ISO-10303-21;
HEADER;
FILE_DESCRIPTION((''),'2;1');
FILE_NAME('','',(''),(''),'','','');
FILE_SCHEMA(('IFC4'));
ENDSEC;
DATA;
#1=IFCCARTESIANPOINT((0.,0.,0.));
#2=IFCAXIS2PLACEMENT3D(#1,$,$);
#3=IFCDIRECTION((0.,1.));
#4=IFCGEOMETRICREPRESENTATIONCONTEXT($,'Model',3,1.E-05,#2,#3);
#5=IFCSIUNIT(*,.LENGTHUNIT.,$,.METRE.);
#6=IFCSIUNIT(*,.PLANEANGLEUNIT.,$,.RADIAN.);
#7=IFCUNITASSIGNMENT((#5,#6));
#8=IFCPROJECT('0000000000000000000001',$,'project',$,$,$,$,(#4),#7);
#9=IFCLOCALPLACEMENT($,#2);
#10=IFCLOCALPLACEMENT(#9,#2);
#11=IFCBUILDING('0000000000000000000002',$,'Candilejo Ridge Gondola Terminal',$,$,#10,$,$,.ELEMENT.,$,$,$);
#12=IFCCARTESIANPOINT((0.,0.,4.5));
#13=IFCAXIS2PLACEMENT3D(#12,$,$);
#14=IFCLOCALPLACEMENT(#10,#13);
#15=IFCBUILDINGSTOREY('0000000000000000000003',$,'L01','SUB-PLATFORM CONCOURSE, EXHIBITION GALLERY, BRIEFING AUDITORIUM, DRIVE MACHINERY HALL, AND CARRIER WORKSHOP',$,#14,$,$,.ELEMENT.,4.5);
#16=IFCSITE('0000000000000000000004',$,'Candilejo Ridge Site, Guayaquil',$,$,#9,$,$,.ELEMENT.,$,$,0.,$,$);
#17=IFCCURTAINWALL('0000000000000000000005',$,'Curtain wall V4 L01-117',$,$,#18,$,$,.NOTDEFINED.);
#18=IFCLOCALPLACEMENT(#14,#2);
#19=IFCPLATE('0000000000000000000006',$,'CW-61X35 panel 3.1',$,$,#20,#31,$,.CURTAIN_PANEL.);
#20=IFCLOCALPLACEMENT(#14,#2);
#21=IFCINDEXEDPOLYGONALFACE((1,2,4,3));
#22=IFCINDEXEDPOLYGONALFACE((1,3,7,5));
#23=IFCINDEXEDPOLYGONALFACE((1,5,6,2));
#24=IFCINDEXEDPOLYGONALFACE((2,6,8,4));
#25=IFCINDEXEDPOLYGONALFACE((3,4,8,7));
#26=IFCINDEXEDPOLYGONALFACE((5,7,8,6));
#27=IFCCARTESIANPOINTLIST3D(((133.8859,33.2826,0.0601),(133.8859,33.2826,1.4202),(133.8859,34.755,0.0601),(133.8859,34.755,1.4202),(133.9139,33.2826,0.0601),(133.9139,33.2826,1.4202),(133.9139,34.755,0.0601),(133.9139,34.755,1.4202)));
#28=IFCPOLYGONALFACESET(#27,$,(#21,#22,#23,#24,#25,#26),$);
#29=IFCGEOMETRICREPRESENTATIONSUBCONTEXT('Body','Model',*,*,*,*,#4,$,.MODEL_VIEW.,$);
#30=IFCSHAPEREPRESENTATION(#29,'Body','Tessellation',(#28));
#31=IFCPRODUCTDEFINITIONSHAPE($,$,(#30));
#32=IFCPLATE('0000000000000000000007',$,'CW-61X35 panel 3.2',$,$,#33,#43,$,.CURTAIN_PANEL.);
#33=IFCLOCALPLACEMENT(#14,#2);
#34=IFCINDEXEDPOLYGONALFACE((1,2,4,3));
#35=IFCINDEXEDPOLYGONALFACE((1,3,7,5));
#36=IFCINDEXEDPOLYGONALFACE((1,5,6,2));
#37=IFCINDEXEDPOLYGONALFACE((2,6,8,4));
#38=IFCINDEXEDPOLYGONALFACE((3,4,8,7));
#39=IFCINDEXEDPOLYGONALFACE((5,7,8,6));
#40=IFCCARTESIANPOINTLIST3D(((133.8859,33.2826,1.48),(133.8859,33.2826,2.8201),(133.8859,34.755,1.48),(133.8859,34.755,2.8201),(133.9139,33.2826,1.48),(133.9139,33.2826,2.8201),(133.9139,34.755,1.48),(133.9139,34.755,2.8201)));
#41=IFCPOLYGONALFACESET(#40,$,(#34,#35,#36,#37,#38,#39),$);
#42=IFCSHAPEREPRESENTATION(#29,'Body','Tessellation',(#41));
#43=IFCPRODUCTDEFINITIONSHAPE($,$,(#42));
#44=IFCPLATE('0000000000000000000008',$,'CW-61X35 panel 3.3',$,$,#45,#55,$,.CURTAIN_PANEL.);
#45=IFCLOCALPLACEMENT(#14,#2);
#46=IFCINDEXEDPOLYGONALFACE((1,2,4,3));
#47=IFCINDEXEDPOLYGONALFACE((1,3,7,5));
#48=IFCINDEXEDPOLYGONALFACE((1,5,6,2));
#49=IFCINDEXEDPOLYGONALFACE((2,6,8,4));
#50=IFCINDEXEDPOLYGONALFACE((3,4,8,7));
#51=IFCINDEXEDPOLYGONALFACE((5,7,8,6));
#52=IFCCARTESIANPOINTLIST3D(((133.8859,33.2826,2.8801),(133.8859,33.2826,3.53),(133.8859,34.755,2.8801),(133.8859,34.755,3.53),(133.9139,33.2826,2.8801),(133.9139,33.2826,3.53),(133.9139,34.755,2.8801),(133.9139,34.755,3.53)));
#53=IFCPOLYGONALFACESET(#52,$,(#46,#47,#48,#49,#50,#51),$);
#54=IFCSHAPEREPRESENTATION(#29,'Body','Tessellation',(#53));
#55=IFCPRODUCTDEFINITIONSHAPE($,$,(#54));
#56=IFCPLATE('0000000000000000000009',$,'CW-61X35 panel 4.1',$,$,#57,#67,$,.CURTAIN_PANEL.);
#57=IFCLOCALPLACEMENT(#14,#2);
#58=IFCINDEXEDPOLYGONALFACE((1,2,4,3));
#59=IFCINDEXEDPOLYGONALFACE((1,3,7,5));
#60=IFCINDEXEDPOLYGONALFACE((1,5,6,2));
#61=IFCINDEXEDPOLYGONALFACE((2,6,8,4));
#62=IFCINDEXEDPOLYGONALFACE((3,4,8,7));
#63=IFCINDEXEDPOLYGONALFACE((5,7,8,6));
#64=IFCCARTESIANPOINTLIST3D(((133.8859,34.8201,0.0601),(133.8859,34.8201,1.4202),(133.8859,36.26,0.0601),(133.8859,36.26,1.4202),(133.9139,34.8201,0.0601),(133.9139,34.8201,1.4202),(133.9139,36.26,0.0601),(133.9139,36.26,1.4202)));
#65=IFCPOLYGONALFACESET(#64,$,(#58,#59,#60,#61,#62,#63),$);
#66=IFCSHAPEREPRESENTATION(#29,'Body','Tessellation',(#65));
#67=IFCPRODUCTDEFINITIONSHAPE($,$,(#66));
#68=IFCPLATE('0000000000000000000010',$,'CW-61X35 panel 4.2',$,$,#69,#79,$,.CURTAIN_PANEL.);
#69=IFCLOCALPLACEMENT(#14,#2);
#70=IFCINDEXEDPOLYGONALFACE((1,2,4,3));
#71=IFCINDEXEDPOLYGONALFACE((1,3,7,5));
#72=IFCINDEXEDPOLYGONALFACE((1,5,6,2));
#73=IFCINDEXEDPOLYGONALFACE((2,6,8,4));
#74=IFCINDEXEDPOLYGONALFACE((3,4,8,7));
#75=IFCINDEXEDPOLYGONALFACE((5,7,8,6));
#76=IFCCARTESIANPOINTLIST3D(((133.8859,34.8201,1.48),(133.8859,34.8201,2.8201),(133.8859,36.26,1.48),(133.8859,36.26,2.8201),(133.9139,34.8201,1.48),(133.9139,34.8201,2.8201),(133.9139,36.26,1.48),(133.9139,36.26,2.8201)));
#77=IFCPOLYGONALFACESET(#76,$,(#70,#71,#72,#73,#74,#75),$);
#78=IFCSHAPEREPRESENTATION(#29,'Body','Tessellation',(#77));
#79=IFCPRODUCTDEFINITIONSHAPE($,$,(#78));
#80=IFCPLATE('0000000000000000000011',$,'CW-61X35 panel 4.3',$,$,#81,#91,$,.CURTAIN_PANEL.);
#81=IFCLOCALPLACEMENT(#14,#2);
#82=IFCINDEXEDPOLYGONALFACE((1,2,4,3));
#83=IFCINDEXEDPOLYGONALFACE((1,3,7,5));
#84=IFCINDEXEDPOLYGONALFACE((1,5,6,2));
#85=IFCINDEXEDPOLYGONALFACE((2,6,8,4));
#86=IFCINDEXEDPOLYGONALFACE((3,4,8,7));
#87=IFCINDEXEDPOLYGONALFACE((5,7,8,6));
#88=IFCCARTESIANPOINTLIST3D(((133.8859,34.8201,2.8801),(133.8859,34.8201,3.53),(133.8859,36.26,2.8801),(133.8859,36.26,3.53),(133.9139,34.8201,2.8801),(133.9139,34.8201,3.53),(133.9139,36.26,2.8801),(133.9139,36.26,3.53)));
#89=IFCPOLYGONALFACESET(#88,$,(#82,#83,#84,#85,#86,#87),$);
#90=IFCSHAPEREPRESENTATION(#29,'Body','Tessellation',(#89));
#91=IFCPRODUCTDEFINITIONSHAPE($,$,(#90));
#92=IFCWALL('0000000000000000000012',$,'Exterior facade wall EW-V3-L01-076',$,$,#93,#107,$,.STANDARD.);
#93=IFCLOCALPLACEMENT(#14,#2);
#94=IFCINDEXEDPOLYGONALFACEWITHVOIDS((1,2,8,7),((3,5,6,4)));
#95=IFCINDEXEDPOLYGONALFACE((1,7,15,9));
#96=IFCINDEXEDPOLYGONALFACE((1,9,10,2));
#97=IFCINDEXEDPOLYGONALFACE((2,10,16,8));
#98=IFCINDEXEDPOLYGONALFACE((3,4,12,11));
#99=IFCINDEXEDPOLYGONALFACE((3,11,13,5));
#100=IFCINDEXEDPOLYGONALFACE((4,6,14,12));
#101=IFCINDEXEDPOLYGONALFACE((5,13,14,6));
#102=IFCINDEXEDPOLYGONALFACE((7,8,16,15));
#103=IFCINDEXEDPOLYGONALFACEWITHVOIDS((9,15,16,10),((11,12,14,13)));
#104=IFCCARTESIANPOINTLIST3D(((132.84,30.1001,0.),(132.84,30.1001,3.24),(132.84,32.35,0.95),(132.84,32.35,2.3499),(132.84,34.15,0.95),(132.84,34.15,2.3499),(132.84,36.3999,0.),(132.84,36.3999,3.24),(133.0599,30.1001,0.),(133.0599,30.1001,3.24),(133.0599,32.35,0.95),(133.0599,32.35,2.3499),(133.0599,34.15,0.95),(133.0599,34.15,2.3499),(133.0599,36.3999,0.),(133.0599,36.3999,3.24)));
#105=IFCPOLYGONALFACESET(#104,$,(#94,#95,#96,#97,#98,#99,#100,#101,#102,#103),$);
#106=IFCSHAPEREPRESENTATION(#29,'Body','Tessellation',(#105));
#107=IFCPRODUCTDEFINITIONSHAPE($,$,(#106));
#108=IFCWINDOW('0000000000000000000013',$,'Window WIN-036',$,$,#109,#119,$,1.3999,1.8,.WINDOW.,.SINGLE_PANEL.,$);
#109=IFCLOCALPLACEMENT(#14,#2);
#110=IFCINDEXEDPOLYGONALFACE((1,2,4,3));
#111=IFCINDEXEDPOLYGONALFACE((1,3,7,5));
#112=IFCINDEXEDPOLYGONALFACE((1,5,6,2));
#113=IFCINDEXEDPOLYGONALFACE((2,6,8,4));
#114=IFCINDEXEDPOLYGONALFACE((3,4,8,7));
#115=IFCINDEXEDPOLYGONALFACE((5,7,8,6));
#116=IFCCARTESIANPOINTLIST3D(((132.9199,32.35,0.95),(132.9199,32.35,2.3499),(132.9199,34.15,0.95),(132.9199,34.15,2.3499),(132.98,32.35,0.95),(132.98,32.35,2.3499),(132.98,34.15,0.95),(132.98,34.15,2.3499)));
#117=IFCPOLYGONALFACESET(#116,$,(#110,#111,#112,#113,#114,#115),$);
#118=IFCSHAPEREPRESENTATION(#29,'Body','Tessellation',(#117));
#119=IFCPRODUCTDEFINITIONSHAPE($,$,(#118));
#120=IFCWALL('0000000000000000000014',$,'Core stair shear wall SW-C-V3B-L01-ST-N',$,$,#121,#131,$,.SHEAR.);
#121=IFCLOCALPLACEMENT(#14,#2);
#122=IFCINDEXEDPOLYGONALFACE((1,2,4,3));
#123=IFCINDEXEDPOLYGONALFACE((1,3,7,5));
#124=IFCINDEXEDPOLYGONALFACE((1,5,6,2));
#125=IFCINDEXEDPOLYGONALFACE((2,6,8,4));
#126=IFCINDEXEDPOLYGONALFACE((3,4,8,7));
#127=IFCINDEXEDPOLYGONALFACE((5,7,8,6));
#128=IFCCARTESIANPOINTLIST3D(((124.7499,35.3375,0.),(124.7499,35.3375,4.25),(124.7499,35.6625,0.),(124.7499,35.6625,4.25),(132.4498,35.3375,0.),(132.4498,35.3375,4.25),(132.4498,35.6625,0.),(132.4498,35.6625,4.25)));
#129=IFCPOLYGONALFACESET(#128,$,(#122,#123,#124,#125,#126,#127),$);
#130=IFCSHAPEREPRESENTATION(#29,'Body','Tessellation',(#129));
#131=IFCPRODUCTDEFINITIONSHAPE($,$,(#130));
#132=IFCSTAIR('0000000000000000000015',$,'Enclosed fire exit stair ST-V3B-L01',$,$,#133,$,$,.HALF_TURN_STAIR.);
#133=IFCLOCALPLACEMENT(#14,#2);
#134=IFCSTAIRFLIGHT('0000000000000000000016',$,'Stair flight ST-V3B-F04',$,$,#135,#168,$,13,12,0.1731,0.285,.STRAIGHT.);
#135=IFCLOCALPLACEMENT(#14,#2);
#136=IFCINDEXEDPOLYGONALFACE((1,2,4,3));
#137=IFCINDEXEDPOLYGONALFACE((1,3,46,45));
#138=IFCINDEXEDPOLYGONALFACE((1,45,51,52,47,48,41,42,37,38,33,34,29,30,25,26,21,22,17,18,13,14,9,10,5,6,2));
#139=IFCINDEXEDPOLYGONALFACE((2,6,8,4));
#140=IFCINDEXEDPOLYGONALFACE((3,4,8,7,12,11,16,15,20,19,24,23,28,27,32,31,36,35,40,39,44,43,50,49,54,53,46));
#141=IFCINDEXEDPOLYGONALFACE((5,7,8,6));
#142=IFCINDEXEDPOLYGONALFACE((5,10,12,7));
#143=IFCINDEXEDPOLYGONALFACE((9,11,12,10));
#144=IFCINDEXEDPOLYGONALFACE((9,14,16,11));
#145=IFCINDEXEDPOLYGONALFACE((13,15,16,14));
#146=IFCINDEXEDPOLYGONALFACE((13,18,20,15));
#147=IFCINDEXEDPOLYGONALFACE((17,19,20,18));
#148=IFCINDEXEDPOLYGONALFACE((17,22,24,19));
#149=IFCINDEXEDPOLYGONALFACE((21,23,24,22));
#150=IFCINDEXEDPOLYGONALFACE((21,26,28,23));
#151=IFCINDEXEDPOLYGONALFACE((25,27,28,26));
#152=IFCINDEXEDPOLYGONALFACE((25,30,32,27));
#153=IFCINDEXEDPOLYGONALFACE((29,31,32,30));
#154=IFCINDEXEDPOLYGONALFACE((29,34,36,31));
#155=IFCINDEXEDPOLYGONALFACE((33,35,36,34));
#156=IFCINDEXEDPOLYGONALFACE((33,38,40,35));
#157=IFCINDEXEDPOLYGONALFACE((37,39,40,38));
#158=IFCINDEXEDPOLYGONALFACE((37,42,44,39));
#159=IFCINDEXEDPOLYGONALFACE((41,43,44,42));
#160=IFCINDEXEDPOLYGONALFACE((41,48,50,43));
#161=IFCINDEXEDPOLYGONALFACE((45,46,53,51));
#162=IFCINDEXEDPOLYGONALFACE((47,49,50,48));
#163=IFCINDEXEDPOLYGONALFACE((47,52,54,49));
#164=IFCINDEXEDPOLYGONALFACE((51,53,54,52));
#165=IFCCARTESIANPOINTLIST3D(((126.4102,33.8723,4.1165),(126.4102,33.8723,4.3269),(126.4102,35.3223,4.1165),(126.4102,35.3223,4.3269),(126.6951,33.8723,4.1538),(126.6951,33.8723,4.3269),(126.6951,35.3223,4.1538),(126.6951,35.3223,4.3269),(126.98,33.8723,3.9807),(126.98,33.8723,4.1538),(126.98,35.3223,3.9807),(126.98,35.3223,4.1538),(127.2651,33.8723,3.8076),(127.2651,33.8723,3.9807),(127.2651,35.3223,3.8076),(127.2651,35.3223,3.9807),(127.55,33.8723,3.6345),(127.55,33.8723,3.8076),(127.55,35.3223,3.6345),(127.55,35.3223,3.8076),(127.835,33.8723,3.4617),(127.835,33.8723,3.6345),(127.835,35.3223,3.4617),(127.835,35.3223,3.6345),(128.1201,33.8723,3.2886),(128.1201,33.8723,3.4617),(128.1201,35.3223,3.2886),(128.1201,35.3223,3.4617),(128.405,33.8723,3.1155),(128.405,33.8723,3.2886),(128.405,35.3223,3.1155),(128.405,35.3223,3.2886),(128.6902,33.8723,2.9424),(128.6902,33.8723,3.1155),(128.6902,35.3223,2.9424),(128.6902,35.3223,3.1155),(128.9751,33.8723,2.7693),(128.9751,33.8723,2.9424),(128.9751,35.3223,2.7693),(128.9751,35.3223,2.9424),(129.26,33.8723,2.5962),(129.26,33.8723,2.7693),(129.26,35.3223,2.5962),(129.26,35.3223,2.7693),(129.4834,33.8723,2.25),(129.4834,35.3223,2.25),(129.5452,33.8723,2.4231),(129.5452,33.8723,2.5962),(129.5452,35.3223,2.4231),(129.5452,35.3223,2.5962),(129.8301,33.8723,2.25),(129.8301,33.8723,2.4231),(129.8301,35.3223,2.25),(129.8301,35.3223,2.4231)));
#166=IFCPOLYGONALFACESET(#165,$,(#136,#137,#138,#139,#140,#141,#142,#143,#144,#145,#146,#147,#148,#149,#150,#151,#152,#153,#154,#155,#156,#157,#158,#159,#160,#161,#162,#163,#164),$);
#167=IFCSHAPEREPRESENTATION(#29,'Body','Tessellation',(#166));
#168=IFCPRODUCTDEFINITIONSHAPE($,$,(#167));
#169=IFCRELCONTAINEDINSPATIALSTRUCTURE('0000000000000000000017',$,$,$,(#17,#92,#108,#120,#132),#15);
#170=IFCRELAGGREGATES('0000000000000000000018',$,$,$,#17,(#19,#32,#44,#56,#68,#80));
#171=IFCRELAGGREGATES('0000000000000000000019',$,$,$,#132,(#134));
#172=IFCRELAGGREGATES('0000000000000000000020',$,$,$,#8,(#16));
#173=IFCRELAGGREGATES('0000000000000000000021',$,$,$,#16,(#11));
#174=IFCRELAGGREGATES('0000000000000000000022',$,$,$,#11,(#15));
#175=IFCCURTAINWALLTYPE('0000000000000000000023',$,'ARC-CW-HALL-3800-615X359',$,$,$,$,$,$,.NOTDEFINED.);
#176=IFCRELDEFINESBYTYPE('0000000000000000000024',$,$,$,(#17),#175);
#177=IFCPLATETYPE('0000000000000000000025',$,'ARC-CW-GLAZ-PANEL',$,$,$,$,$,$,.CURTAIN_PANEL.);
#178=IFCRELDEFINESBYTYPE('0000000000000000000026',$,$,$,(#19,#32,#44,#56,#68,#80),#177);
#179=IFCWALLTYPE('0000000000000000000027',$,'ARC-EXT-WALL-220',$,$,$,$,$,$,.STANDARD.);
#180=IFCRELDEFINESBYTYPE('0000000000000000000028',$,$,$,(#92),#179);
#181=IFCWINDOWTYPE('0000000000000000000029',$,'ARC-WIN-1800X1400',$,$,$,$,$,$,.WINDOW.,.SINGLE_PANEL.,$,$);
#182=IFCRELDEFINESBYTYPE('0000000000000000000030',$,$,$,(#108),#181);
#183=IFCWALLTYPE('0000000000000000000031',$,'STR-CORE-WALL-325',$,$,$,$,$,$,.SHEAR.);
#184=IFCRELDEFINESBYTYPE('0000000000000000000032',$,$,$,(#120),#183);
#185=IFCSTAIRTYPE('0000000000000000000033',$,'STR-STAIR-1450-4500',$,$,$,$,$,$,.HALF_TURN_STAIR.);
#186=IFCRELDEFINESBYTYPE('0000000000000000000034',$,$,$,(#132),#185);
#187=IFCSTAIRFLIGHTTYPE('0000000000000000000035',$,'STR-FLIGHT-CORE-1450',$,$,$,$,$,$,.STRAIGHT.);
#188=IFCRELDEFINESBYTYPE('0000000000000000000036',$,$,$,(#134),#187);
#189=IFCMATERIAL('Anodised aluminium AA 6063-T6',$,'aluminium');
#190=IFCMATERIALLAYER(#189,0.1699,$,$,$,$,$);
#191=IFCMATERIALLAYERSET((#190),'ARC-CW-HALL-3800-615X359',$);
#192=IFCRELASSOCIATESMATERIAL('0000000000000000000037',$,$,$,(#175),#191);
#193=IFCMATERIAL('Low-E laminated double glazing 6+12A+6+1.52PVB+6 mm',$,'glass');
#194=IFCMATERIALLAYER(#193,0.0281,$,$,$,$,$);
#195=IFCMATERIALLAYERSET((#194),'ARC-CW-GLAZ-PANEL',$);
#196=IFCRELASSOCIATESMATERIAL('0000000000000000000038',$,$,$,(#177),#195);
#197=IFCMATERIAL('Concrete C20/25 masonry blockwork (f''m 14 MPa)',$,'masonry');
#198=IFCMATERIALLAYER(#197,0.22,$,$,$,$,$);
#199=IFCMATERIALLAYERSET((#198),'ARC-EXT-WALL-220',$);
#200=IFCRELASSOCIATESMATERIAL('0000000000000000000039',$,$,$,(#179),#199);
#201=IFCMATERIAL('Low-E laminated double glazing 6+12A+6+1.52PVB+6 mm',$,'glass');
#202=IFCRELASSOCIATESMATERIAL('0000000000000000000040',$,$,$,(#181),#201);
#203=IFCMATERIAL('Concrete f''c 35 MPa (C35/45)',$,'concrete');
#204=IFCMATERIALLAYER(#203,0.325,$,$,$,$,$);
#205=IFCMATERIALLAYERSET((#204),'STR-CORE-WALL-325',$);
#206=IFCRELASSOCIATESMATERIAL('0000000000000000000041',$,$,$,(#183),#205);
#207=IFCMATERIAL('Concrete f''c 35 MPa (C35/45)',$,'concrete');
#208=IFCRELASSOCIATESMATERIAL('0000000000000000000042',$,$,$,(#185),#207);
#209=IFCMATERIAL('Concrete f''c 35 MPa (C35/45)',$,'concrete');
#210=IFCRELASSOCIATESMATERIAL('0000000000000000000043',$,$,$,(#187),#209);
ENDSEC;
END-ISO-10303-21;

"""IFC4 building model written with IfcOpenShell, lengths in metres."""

from ifc_helpers import new_model, si_unit, direction, frame, frame_2d, origin, origin_2d, place, context, subcontext, project, spatial, polyline, rectangle, outline, extrude, material, layer, layer_set, type_object, element, fill, aggregate, save


model = new_model("IFC4")

# Units and contexts
model_context = context("Model", 3, precision=1e-05, world=origin(), true_north=direction((0.0, 1.0)))
body_context = subcontext(model_context, "Body", "Model", "MODEL_VIEW")
ifc_project = project(units=[si_unit("LENGTHUNIT", "METRE"), si_unit("PLANEANGLEUNIT", "RADIAN")], contexts=[model_context])

# Site, building, storey
site_placement = place(None, origin())
site = spatial("IfcSite", under=ifc_project, at=site_placement, Name="Candilejo Ridge Site, Guayaquil", CompositionType="ELEMENT", RefElevation=0.0)
building_placement = place(site_placement, origin())
building = spatial("IfcBuilding", under=site, at=building_placement, Name="Candilejo Ridge Gondola Terminal", CompositionType="ELEMENT")
storey_placement = place(building_placement, frame((0.0, 0.0, 4.5)))
storey = spatial("IfcBuildingStorey", under=building, at=storey_placement, Name="L01", Description="SUB-PLATFORM CONCOURSE, EXHIBITION GALLERY, BRIEFING AUDITORIUM, DRIVE MACHINERY HALL, AND CARRIER WORKSHOP", CompositionType="ELEMENT", Elevation=4.5)

# Curtain wall
ifc_material_1 = material(Name="Anodised aluminium AA 6063-T6", Category="aluminium")
ifc_layer_1 = layer(ifc_material_1, 0.1699)
ifc_layer_set_1 = layer_set([ifc_layer_1], Name="ARC-CW-HALL-3800-615X359")
curtain_wall_type_1 = type_object("IfcCurtainWallType", Name="ARC-CW-HALL-3800-615X359", PredefinedType="NOTDEFINED", material=ifc_layer_set_1)
curtain_wall_1_placement = place(storey_placement, origin())
curtain_wall_1 = element("IfcCurtainWall", 1, at=curtain_wall_1_placement, inside=storey, type_object=curtain_wall_type_1, Name="Curtain wall V4 L01-117", PredefinedType="NOTDEFINED")

# Plates
ifc_material_2 = material(Name="Low-E laminated double glazing 6+12A+6+1.52PVB+6 mm", Category="glass")
ifc_layer_2 = layer(ifc_material_2, 0.0281)
ifc_layer_set_2 = layer_set([ifc_layer_2], Name="ARC-CW-GLAZ-PANEL")
plate_type = type_object("IfcPlateType", Name="ARC-CW-GLAZ-PANEL", PredefinedType="CURTAIN_PANEL", material=ifc_layer_set_2)
plate_1_placement = place(storey_placement, frame((133.8999, 34.0188, 0.0601), z_axis=(0.0, 0.0, 1.0), x_axis=(0.0, 1.0, 0.0)))
plate_1 = element("IfcPlate", 2, at=plate_1_placement, type_object=plate_type, Name="CW-61X35 panel 3.1", PredefinedType="CURTAIN_PANEL", context=body_context, shape_type="SweptSolid", body=[
    extrude(rectangle(XDim=1.4724, YDim=0.0281, at=origin_2d()), origin(), (0.0, 0.0, 1.0), 1.3601),
])
plate_2_placement = place(storey_placement, frame((133.8999, 34.0188, 1.48), z_axis=(0.0, 0.0, 1.0), x_axis=(0.0, 1.0, 0.0)))
plate_2 = element("IfcPlate", 3, at=plate_2_placement, type_object=plate_type, Name="CW-61X35 panel 3.2", PredefinedType="CURTAIN_PANEL", context=body_context, shape_type="SweptSolid", body=[
    extrude(rectangle(XDim=1.4724, YDim=0.0281, at=origin_2d()), origin(), (0.0, 0.0, 1.0), 1.3401),
])
plate_3_placement = place(storey_placement, frame((133.8999, 34.0188, 2.8801), z_axis=(0.0, 0.0, 1.0), x_axis=(0.0, 1.0, 0.0)))
plate_3 = element("IfcPlate", 4, at=plate_3_placement, type_object=plate_type, Name="CW-61X35 panel 3.3", PredefinedType="CURTAIN_PANEL", context=body_context, shape_type="SweptSolid", body=[
    extrude(rectangle(XDim=1.4724, YDim=0.0281, at=origin_2d()), origin(), (0.0, 0.0, 1.0), 0.6499),
])
plate_4_placement = place(storey_placement, frame((133.8999, 35.54, 0.0601), z_axis=(0.0, 0.0, 1.0), x_axis=(0.0, 1.0, 0.0)))
plate_4 = element("IfcPlate", 5, at=plate_4_placement, type_object=plate_type, Name="CW-61X35 panel 4.1", PredefinedType="CURTAIN_PANEL", context=body_context, shape_type="SweptSolid", body=[
    extrude(rectangle(XDim=1.4399, YDim=0.0281, at=origin_2d()), origin(), (0.0, 0.0, 1.0), 1.3601),
])
plate_5_placement = place(storey_placement, frame((133.8999, 35.54, 1.48), z_axis=(0.0, 0.0, 1.0), x_axis=(0.0, 1.0, 0.0)))
plate_5 = element("IfcPlate", 6, at=plate_5_placement, type_object=plate_type, Name="CW-61X35 panel 4.2", PredefinedType="CURTAIN_PANEL", context=body_context, shape_type="SweptSolid", body=[
    extrude(rectangle(XDim=1.4399, YDim=0.0281, at=origin_2d()), origin(), (0.0, 0.0, 1.0), 1.3401),
])
plate_6_placement = place(storey_placement, frame((133.8999, 35.54, 2.8801), z_axis=(0.0, 0.0, 1.0), x_axis=(0.0, 1.0, 0.0)))
plate_6 = element("IfcPlate", 7, at=plate_6_placement, type_object=plate_type, Name="CW-61X35 panel 4.3", PredefinedType="CURTAIN_PANEL", context=body_context, shape_type="SweptSolid", body=[
    extrude(rectangle(XDim=1.4399, YDim=0.0281, at=origin_2d()), origin(), (0.0, 0.0, 1.0), 0.6499),
])
aggregate(curtain_wall_1, [plate_1, plate_2, plate_3, plate_4, plate_5, plate_6])

# Wall, opening, window
ifc_material_3 = material(Name="Concrete C20/25 masonry blockwork (f'm 14 MPa)", Category="masonry")
ifc_layer_3 = layer(ifc_material_3, 0.22)
ifc_layer_set_3 = layer_set([ifc_layer_3], Name="ARC-EXT-WALL-220")
wall_type_1 = type_object("IfcWallType", Name="ARC-EXT-WALL-220", PredefinedType="STANDARD", material=ifc_layer_set_3)
wall_1_placement = place(storey_placement, frame((132.95, 36.3999, 0.0), z_axis=(0.0, 0.0, 1.0), x_axis=(0.0, -1.0, 0.0)))
wall_1 = element("IfcWall", 8, at=wall_1_placement, inside=storey, type_object=wall_type_1, Name="Exterior facade wall EW-V3-L01-076", PredefinedType="STANDARD", context=body_context, shape_type="SweptSolid", body=[
    extrude(rectangle(XDim=6.2998, YDim=0.22, at=frame_2d((3.1499, 0.0))), origin(), (0.0, 0.0, 1.0), 3.24),
])
opening_placement = place(wall_1_placement, frame((2.25, 0.0, 0.95)))
opening = element("IfcOpeningElement", 9, at=opening_placement, cuts=wall_1, PredefinedType="OPENING", context=body_context, shape_type="SweptSolid", body=[
    extrude(rectangle(XDim=1.8, YDim=1.3999, at=frame_2d((0.8999, 0.7))), frame((0.0, 0.1199, 0.0), z_axis=(0.0, -1.0, 0.0), x_axis=(1.0, 0.0, 0.0)), (0.0, 0.0, 1.0), 0.24),
])
ifc_material_4 = material(Name="Low-E laminated double glazing 6+12A+6+1.52PVB+6 mm", Category="glass")
window_type = type_object("IfcWindowType", Name="ARC-WIN-1800X1400", PartitioningType="SINGLE_PANEL", PredefinedType="WINDOW", material=ifc_material_4)
window_placement = place(opening_placement, origin())
window = element("IfcWindow", 10, at=window_placement, inside=storey, type_object=window_type, Name="Window WIN-036", OverallHeight=1.3999, OverallWidth=1.8, PartitioningType="SINGLE_PANEL", PredefinedType="WINDOW", context=body_context, shape_type="SweptSolid", body=[
    extrude(rectangle(XDim=1.8, YDim=1.3999, at=frame_2d((0.8999, 0.7))), frame((0.0, 0.03, 0.0), z_axis=(0.0, -1.0, 0.0), x_axis=(1.0, 0.0, 0.0)), (0.0, 0.0, 1.0), 0.0601),
])
fill(opening, window)

# Wall
ifc_material_5 = material(Name="Concrete f'c 35 MPa (C35/45)", Category="concrete")
ifc_layer_4 = layer(ifc_material_5, 0.325)
ifc_layer_set_4 = layer_set([ifc_layer_4], Name="STR-CORE-WALL-325")
wall_type_2 = type_object("IfcWallType", Name="STR-CORE-WALL-325", PredefinedType="SHEAR", material=ifc_layer_set_4)
wall_2_placement = place(storey_placement, frame((132.45, 35.5, 0.0), z_axis=(0.0, 0.0, 1.0), x_axis=(-1.0, 0.0, 0.0)))
element("IfcWall", 11, at=wall_2_placement, inside=storey, type_object=wall_type_2, Name="Core stair shear wall SW-C-V3B-L01-ST-N", PredefinedType="SHEAR", context=body_context, shape_type="SweptSolid", body=[
    extrude(rectangle(XDim=7.7, YDim=0.325, at=frame_2d((3.8501, 0.0))), origin(), (0.0, 0.0, 1.0), 4.25),
])

# Stair, stair flight
ifc_material_6 = material(Name="Concrete f'c 35 MPa (C35/45)", Category="concrete")
stair_type = type_object("IfcStairType", Name="STR-STAIR-1450-4500", PredefinedType="HALF_TURN_STAIR", material=ifc_material_6)
stair_placement = place(storey_placement, origin())
stair = element("IfcStair", 12, at=stair_placement, inside=storey, type_object=stair_type, Name="Enclosed fire exit stair ST-V3B-L01", PredefinedType="HALF_TURN_STAIR")
ifc_material_7 = material(Name="Concrete f'c 35 MPa (C35/45)", Category="concrete")
stair_flight_type = type_object("IfcStairFlightType", Name="STR-FLIGHT-CORE-1450", PredefinedType="STRAIGHT", material=ifc_material_7)
stair_flight_placement = place(storey_placement, frame((129.8301, 34.5974, 2.25), z_axis=(0.0, 0.0, 1.0), x_axis=(-1.0, 0.0, 0.0)))
stair_flight = element("IfcStairFlight", 13, at=stair_flight_placement, type_object=stair_flight_type, Name="Stair flight ST-V3B-F04", NumberOfRisers=13, NumberOfTreads=12, PredefinedType="STRAIGHT", RiserHeight=0.1731, TreadLength=0.285, context=body_context, shape_type="SweptSolid", body=[
    extrude(outline(polyline([(0.0, 0.0), (0.0, 0.1731), (0.2849, 0.1731), (0.2849, 0.3462), (0.5701, 0.3462), (0.5701, 0.5193), (0.855, 0.5193), (0.855, 0.6924), (1.1399, 0.6924), (1.1399, 0.8655), (1.425, 0.8655), (1.425, 1.0386), (1.71, 1.0386), (1.71, 1.2117), (1.9951, 1.2117), (1.9951, 1.3845), (2.28, 1.3845), (2.28, 1.5576), (2.5649, 1.5576), (2.5649, 1.7307), (2.8501, 1.7307), (2.8501, 1.9038), (3.135, 1.9038), (3.135, 2.0769), (3.4199, 2.0769), (3.4199, 2.25), (3.4199, 1.8665), (0.3467, 0.0), (0.0, 0.0)])), frame((0.0, 0.7251, 0.0), z_axis=(0.0, -1.0, 0.0), x_axis=(1.0, 0.0, 0.0)), (0.0, 0.0, 1.0), 1.45),
])
aggregate(stair, [stair_flight])

save(model, "model.ifc")
